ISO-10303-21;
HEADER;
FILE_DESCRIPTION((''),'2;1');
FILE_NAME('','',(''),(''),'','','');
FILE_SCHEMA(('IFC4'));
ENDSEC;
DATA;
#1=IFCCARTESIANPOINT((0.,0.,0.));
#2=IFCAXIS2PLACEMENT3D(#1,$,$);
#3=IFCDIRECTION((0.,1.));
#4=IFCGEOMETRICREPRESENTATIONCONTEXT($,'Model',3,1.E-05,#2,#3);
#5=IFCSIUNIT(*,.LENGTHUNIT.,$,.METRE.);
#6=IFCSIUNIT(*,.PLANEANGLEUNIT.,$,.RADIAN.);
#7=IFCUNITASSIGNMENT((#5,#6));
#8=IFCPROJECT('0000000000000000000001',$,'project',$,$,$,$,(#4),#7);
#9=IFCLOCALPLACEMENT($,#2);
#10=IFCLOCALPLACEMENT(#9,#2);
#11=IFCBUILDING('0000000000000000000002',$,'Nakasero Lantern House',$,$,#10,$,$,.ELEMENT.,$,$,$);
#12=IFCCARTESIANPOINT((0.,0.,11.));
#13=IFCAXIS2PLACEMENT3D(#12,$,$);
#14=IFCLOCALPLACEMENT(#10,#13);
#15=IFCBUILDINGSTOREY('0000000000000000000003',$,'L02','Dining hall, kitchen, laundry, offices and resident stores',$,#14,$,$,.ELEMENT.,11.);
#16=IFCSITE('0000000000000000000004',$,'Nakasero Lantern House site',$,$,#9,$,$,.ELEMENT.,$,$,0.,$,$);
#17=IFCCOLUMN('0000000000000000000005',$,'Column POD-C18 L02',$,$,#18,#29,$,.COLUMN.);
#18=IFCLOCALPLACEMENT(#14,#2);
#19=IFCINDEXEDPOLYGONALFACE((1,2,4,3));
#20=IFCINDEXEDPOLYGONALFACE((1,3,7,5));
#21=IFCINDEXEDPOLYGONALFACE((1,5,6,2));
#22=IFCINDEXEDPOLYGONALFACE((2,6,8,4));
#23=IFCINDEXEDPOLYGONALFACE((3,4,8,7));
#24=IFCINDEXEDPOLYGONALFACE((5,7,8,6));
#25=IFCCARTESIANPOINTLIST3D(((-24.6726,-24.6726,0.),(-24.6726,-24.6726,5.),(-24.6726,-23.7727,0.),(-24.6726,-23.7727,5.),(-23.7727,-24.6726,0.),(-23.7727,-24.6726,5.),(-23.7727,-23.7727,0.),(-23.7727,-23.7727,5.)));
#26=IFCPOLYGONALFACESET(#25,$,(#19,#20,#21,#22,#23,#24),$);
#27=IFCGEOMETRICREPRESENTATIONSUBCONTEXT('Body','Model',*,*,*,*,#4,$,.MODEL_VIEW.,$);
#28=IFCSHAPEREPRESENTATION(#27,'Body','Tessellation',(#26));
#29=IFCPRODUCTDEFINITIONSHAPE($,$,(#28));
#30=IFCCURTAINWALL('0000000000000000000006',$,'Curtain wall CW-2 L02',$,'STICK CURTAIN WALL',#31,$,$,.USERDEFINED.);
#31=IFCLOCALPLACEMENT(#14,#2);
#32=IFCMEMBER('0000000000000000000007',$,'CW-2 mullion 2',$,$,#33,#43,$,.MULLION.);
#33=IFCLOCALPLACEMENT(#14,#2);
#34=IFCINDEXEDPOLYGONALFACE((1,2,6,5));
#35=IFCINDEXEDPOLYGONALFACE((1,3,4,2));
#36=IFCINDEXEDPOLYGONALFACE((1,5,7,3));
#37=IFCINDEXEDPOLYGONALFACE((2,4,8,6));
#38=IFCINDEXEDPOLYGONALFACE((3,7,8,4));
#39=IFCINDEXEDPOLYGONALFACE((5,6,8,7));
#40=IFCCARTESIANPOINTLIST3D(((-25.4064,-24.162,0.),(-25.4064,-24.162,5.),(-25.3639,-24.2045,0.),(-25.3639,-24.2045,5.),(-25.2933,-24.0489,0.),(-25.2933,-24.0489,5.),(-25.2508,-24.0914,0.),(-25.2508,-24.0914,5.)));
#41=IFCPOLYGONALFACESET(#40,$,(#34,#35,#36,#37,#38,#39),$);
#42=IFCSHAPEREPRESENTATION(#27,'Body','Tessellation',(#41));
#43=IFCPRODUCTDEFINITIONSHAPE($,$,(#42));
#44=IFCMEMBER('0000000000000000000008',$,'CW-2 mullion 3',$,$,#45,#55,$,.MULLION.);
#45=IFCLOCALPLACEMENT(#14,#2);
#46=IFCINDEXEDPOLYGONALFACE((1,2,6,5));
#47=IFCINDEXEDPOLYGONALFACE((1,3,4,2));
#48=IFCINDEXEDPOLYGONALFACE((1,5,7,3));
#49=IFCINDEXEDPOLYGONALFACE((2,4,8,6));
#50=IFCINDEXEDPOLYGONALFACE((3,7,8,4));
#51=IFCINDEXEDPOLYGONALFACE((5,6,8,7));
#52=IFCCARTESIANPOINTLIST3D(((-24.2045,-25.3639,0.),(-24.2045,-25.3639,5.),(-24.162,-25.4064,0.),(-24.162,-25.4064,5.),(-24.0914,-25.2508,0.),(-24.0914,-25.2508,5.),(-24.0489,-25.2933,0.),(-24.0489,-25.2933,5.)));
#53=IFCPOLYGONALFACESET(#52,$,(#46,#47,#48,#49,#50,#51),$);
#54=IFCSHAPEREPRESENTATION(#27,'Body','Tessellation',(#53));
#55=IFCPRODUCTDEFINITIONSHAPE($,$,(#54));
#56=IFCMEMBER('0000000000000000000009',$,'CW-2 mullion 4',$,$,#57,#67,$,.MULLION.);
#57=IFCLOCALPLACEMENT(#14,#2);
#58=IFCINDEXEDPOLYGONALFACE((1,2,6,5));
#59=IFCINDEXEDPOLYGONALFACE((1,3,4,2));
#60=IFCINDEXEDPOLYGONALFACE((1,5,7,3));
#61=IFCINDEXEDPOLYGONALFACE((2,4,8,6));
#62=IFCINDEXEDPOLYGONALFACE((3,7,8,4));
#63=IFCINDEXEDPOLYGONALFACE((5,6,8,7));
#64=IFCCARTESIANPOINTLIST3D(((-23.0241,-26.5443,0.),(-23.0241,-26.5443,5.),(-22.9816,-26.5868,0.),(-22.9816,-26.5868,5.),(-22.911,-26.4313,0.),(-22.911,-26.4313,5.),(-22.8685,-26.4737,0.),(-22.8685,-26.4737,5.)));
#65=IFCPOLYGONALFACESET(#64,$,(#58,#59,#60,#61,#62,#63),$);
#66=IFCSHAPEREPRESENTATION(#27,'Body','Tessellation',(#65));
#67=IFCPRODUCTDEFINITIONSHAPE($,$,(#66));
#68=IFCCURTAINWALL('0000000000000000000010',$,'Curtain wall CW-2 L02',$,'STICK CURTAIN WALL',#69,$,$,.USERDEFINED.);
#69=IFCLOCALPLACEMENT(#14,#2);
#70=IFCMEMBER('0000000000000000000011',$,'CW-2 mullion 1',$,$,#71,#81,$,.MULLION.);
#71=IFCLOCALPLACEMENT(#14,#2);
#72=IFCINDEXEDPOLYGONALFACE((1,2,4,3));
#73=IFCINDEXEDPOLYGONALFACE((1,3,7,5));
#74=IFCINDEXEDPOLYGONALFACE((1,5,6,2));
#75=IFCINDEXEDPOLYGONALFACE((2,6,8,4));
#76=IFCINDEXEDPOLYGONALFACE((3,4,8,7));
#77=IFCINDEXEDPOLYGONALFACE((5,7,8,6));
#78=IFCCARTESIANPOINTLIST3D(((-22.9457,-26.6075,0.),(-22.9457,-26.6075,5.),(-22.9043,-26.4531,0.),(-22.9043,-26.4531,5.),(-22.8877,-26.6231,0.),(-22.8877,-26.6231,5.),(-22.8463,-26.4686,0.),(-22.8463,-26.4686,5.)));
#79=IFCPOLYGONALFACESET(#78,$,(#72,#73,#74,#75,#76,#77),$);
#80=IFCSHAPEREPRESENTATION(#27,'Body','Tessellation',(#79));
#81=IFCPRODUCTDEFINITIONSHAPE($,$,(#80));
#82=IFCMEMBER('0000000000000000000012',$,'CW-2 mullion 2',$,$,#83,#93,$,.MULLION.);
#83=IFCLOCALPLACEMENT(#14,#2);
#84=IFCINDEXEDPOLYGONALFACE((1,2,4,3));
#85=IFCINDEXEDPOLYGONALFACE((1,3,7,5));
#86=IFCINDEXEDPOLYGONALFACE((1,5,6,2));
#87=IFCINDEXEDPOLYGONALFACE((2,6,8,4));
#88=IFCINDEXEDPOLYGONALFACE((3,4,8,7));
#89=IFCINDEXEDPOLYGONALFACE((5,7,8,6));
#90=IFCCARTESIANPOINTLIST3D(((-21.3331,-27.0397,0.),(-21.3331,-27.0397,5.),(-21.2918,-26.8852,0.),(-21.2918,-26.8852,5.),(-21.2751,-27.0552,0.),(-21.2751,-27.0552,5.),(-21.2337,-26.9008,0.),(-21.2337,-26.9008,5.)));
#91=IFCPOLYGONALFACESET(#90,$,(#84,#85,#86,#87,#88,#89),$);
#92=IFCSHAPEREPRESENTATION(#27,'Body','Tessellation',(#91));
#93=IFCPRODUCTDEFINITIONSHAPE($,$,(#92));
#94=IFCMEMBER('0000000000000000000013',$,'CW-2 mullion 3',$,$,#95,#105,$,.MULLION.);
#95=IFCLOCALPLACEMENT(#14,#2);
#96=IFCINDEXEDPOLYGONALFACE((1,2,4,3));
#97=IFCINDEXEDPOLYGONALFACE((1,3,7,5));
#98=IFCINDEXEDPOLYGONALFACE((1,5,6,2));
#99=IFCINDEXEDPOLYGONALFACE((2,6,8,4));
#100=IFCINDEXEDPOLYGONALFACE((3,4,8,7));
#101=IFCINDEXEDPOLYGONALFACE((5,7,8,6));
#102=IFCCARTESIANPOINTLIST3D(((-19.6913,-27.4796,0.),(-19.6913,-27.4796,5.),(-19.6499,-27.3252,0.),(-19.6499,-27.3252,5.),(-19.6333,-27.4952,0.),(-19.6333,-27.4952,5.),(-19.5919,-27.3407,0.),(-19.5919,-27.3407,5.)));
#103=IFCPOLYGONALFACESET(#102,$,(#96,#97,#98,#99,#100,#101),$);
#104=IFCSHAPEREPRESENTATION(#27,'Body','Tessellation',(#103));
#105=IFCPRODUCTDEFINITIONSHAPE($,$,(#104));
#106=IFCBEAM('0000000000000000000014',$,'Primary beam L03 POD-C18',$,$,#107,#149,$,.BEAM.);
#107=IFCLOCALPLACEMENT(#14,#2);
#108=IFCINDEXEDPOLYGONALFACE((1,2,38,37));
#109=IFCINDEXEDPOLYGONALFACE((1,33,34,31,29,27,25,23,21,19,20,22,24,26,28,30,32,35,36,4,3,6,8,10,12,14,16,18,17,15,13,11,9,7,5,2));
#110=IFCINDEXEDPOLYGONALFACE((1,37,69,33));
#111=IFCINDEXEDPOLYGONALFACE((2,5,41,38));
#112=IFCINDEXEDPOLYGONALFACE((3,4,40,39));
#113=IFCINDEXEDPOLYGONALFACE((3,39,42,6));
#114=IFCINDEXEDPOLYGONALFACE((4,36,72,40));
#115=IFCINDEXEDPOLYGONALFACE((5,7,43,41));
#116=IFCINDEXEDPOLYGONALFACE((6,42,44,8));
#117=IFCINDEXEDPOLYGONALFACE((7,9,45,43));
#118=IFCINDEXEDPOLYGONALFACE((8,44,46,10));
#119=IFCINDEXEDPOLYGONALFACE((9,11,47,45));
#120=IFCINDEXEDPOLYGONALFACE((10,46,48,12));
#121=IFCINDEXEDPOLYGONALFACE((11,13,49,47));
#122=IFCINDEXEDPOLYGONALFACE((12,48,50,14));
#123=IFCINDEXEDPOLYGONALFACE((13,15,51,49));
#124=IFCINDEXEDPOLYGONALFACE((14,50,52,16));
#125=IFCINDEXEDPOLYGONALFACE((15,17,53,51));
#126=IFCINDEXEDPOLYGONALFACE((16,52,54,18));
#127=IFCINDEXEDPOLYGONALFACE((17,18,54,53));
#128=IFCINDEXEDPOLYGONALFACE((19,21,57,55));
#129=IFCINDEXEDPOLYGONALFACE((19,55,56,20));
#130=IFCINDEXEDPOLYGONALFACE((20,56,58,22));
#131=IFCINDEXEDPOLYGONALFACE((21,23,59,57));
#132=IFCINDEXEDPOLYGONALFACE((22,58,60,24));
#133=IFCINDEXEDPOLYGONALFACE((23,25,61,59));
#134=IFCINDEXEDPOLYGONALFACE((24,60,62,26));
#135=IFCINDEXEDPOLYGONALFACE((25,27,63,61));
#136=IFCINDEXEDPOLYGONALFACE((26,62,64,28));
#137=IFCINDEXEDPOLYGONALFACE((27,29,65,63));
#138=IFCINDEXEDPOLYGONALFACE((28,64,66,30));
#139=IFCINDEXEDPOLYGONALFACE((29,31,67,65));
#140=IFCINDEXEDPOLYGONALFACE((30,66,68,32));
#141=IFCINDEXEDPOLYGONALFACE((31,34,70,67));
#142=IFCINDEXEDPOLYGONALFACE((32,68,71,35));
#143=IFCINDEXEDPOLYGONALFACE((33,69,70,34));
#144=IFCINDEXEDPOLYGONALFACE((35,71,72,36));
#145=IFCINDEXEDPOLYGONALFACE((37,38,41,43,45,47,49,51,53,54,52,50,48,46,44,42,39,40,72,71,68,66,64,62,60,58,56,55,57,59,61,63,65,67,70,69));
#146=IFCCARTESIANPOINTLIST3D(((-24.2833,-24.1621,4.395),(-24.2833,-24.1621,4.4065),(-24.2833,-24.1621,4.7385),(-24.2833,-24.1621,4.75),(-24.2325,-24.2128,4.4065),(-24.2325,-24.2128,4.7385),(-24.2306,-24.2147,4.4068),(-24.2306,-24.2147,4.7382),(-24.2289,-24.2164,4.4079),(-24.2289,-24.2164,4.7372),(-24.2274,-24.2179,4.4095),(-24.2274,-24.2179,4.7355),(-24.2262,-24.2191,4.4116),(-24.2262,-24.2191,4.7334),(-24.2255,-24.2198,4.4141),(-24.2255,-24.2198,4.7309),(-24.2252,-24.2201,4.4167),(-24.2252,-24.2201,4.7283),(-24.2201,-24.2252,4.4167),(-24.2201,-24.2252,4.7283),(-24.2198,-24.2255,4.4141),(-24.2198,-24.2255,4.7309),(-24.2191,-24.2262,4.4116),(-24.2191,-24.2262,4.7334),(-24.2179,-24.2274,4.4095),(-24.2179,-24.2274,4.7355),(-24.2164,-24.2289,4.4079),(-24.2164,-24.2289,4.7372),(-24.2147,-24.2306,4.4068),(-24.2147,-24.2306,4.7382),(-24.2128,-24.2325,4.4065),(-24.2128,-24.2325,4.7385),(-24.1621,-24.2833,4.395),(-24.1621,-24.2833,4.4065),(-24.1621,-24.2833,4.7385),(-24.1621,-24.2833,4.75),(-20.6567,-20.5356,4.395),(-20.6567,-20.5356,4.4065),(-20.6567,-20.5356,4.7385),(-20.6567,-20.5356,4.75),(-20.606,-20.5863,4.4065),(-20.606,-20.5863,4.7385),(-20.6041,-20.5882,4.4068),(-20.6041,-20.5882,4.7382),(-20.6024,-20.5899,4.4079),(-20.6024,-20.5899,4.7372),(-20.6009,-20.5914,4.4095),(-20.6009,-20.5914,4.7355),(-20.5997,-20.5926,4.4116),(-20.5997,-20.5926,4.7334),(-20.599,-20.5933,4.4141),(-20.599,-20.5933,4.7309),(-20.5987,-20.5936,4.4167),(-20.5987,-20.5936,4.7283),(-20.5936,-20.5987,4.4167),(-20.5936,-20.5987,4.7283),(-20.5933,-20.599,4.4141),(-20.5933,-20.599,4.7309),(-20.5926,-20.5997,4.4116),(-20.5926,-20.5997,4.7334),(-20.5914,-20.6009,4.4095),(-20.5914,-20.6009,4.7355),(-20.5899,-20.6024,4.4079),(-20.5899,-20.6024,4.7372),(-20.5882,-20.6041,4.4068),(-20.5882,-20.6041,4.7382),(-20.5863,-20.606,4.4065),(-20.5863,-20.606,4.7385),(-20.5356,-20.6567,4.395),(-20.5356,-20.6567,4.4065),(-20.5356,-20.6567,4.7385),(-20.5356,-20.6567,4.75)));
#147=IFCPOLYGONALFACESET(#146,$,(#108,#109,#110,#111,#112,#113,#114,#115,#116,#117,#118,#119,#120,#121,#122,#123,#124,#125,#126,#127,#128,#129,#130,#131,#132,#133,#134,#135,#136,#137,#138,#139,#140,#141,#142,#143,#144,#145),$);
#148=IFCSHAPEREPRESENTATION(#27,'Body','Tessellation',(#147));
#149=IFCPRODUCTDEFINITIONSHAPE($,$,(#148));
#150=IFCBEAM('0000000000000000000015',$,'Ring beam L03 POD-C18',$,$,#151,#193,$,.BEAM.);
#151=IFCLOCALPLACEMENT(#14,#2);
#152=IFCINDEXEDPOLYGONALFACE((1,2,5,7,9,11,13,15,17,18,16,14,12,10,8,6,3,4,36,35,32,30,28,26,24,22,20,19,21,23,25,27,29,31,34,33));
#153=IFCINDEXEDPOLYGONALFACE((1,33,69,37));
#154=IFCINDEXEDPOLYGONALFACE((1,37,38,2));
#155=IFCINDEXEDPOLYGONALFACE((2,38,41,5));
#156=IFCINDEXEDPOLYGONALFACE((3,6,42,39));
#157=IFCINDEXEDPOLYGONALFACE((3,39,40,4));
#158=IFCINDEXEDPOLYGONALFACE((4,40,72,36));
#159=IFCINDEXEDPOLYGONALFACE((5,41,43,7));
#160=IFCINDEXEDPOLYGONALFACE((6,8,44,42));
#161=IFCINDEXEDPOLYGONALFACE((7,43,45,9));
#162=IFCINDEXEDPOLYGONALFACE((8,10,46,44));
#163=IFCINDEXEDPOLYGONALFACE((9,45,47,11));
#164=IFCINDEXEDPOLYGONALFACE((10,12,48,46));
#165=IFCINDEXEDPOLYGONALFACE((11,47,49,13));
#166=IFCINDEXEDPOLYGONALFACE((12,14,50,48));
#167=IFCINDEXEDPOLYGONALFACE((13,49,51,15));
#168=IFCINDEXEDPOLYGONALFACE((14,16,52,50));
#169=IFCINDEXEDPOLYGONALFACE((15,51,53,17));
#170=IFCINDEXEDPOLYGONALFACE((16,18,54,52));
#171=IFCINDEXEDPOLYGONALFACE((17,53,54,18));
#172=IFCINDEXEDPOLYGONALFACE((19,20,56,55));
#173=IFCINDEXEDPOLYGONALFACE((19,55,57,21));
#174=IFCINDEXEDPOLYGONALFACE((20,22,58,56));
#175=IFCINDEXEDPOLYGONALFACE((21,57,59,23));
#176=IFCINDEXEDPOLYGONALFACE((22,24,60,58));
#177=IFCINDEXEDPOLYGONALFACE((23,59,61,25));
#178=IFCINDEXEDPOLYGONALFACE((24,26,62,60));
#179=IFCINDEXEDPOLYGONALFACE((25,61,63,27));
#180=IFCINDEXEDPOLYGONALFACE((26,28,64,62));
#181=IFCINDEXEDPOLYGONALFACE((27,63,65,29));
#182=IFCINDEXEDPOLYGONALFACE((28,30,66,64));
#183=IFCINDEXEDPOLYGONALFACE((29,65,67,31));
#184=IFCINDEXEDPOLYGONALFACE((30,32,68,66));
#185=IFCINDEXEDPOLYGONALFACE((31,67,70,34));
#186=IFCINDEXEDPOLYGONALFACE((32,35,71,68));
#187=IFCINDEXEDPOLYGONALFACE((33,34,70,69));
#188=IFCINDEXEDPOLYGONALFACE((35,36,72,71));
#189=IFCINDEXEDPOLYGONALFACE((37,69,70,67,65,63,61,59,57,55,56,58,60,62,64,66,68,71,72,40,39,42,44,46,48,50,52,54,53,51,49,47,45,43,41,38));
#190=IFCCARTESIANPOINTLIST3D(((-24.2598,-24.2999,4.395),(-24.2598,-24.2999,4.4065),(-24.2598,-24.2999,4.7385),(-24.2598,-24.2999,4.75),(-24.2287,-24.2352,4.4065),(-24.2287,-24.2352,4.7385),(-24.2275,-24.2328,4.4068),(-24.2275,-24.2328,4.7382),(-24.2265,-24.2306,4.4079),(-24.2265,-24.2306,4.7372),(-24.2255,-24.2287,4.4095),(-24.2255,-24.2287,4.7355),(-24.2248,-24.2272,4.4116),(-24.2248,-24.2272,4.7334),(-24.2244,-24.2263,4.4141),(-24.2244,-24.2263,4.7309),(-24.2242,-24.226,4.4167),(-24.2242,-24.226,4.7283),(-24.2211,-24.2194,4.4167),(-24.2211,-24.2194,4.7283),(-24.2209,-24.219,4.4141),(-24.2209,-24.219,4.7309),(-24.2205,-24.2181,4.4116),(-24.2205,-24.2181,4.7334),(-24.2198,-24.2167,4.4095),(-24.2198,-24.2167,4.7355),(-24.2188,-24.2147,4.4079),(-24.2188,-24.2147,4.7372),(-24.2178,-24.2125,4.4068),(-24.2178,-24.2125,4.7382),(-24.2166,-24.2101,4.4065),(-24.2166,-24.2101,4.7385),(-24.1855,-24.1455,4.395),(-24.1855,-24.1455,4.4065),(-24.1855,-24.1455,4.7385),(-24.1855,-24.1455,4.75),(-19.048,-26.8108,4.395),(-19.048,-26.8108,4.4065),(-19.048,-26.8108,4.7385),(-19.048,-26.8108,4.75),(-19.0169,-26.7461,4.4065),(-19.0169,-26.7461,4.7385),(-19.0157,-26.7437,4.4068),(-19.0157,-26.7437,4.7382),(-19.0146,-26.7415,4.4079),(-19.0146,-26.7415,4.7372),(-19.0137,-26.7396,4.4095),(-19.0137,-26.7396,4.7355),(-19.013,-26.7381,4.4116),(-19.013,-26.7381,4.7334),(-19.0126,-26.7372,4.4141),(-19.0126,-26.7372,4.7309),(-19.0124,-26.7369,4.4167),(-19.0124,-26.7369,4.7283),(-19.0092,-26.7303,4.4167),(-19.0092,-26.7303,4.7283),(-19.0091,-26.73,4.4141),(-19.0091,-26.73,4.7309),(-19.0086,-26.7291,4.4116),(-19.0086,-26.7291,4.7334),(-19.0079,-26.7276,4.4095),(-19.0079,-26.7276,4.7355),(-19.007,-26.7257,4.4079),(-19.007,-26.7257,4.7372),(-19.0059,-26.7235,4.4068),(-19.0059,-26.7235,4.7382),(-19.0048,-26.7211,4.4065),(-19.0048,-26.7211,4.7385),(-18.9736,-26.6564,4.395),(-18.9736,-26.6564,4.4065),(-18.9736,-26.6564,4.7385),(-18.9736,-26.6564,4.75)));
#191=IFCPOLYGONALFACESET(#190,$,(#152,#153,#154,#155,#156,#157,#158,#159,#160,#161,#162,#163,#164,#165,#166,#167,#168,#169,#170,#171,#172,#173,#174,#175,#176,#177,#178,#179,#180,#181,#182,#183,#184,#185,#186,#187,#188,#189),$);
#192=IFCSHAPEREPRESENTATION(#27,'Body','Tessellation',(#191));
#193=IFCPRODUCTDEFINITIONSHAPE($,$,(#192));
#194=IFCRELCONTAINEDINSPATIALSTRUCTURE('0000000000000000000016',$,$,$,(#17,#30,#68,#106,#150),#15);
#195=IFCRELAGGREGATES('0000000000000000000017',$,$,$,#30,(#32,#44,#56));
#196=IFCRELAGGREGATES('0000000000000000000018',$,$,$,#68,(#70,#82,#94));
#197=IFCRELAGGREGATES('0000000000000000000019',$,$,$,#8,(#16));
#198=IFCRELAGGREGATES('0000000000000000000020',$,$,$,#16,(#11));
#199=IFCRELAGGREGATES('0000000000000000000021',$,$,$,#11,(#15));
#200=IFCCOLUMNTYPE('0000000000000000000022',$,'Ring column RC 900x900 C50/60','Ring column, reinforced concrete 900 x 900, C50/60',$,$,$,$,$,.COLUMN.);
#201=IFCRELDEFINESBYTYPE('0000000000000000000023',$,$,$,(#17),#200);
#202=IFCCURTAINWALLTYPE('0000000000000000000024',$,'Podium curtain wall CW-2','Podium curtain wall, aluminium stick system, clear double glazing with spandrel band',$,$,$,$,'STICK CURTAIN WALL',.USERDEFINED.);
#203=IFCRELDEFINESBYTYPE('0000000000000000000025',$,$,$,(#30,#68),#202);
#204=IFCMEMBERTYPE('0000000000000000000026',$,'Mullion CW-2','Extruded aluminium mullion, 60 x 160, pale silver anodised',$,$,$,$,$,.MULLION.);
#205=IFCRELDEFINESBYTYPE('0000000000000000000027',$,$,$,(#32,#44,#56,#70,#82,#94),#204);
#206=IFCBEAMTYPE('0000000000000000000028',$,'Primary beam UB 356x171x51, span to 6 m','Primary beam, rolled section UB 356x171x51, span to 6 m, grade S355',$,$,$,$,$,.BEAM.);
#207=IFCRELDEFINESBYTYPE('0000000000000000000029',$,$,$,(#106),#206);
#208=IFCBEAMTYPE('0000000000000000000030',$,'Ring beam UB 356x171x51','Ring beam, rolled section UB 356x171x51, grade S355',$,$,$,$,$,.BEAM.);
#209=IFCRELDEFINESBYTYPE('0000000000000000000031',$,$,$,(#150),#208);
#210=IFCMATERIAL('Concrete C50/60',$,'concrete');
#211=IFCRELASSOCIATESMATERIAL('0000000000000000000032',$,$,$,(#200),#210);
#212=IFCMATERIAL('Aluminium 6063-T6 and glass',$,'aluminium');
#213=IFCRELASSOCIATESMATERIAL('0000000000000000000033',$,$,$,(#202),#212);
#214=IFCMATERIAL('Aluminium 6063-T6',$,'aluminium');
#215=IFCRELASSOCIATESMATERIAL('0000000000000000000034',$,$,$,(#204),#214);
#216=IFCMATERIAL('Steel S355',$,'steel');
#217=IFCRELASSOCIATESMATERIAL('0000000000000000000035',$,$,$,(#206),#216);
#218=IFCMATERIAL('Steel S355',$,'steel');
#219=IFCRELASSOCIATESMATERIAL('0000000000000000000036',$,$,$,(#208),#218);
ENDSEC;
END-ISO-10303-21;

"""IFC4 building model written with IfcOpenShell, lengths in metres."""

from ifc_helpers import new_model, si_unit, direction, frame, origin, origin_2d, place, context, subcontext, project, spatial, rectangle, i_section, extrude, material, material_profile, profile_set, type_object, element, aggregate, save


model = new_model("IFC4")

# Units and contexts
model_context = context("Model", 3, precision=1e-05, world=origin(), true_north=direction((0.0, 1.0)))
body_context = subcontext(model_context, "Body", "Model", "MODEL_VIEW")
ifc_project = project(units=[si_unit("LENGTHUNIT", "METRE"), si_unit("PLANEANGLEUNIT", "RADIAN")], contexts=[model_context])

# Site, building, storey
site_placement = place(None, origin())
site = spatial("IfcSite", under=ifc_project, at=site_placement, Name="Nakasero Lantern House site", CompositionType="ELEMENT", RefElevation=0.0)
building_placement = place(site_placement, origin())
building = spatial("IfcBuilding", under=site, at=building_placement, Name="Nakasero Lantern House", CompositionType="ELEMENT")
storey_placement = place(building_placement, frame((0.0, 0.0, 11.0)))
storey = spatial("IfcBuildingStorey", under=building, at=storey_placement, Name="L02", Description="Dining hall, kitchen, laundry, offices and resident stores", CompositionType="ELEMENT", Elevation=11.0)

# Column
ifc_material_1 = material(Name="Concrete C50/60", Category="concrete")
ifc_material_profile_1 = material_profile(ifc_material_1, rectangle(XDim=0.8999, YDim=0.8999, at=origin_2d()), Name="RC 900x900")
ifc_profile_set_1 = profile_set([ifc_material_profile_1], Name="Concrete C50/60")
column_type = type_object("IfcColumnType", Name="Ring column RC 900x900 C50/60", Description="Ring column, reinforced concrete 900 x 900, C50/60", PredefinedType="COLUMN", material=ifc_profile_set_1)
column_placement = place(storey_placement, frame((-24.2227, -24.2227, 0.0), z_axis=(0.0, 0.0, 1.0), x_axis=(1.0, 0.0, 0.0)))
element("IfcColumn", 1, at=column_placement, inside=storey, type_object=column_type, Name="Column POD-C18 L02", PredefinedType="COLUMN", context=body_context, shape_type="SweptSolid", body=[
    extrude(rectangle(XDim=0.8999, YDim=0.8999, at=origin_2d()), origin(), (0.0, 0.0, 1.0), 5.0),
])

# Curtain walls, members
ifc_material_2 = material(Name="Aluminium 6063-T6 and glass", Category="aluminium")
curtain_wall_type = type_object("IfcCurtainWallType", Name="Podium curtain wall CW-2", Description="Podium curtain wall, aluminium stick system, clear double glazing with spandrel band", ElementType="STICK CURTAIN WALL", PredefinedType="USERDEFINED", material=ifc_material_2)
curtain_wall_1_placement = place(storey_placement, origin())
curtain_wall_1 = element("IfcCurtainWall", 2, at=curtain_wall_1_placement, inside=storey, type_object=curtain_wall_type, Name="Curtain wall CW-2 L02", ObjectType="STICK CURTAIN WALL", PredefinedType="USERDEFINED")
ifc_material_3 = material(Name="Aluminium 6063-T6", Category="aluminium")
ifc_material_profile_2 = material_profile(ifc_material_3, rectangle(XDim=0.0601, YDim=0.1599, at=origin_2d()), Name="CW-2 mullion 60x160")
ifc_profile_set_2 = profile_set([ifc_material_profile_2], Name="Aluminium 6063-T6")
member_type_1 = type_object("IfcMemberType", Name="Mullion CW-2", Description="Extruded aluminium mullion, 60 x 160, pale silver anodised", PredefinedType="MULLION", material=ifc_profile_set_2)
member_1_placement = place(storey_placement, frame((-25.3286, -24.1267, 0.0), z_axis=(0.0, 0.0, 1.0), x_axis=(0.707107, -0.707107, 0.0)))
member_1 = element("IfcMember", 3, at=member_1_placement, type_object=member_type_1, Name="CW-2 mullion 2", PredefinedType="MULLION", context=body_context, shape_type="SweptSolid", body=[
    extrude(rectangle(XDim=0.0601, YDim=0.1599, at=origin_2d()), origin(), (0.0, 0.0, 1.0), 5.0),
])
member_2_placement = place(storey_placement, frame((-24.1267, -25.3286, 0.0), z_axis=(0.0, 0.0, 1.0), x_axis=(0.707107, -0.707107, 0.0)))
member_2 = element("IfcMember", 4, at=member_2_placement, type_object=member_type_1, Name="CW-2 mullion 3", PredefinedType="MULLION", context=body_context, shape_type="SweptSolid", body=[
    extrude(rectangle(XDim=0.0601, YDim=0.1599, at=origin_2d()), origin(), (0.0, 0.0, 1.0), 5.0),
])
member_3_placement = place(storey_placement, frame((-22.9463, -26.509, 0.0), z_axis=(0.0, 0.0, 1.0), x_axis=(0.707107, -0.707107, 0.0)))
member_3 = element("IfcMember", 5, at=member_3_placement, type_object=member_type_1, Name="CW-2 mullion 4", PredefinedType="MULLION", context=body_context, shape_type="SweptSolid", body=[
    extrude(rectangle(XDim=0.0601, YDim=0.1599, at=origin_2d()), origin(), (0.0, 0.0, 1.0), 5.0),
])
curtain_wall_2_placement = place(storey_placement, origin())
curtain_wall_2 = element("IfcCurtainWall", 6, at=curtain_wall_2_placement, inside=storey, type_object=curtain_wall_type, Name="Curtain wall CW-2 L02", ObjectType="STICK CURTAIN WALL", PredefinedType="USERDEFINED")
member_4_placement = place(storey_placement, frame((-22.896, -26.5381, 0.0), z_axis=(0.0, 0.0, 1.0), x_axis=(0.965926, -0.258819, 0.0)))
member_4 = element("IfcMember", 7, at=member_4_placement, type_object=member_type_1, Name="CW-2 mullion 1", PredefinedType="MULLION", context=body_context, shape_type="SweptSolid", body=[
    extrude(rectangle(XDim=0.0601, YDim=0.1599, at=origin_2d()), origin(), (0.0, 0.0, 1.0), 5.0),
])
member_5_placement = place(storey_placement, frame((-21.2834, -26.9702, 0.0), z_axis=(0.0, 0.0, 1.0), x_axis=(0.965926, -0.258819, 0.0)))
member_5 = element("IfcMember", 8, at=member_5_placement, type_object=member_type_1, Name="CW-2 mullion 2", PredefinedType="MULLION", context=body_context, shape_type="SweptSolid", body=[
    extrude(rectangle(XDim=0.0601, YDim=0.1599, at=origin_2d()), origin(), (0.0, 0.0, 1.0), 5.0),
])
member_6_placement = place(storey_placement, frame((-19.6416, -27.4102, 0.0), z_axis=(0.0, 0.0, 1.0), x_axis=(0.965926, -0.258819, 0.0)))
member_6 = element("IfcMember", 9, at=member_6_placement, type_object=member_type_1, Name="CW-2 mullion 3", PredefinedType="MULLION", context=body_context, shape_type="SweptSolid", body=[
    extrude(rectangle(XDim=0.0601, YDim=0.1599, at=origin_2d()), origin(), (0.0, 0.0, 1.0), 5.0),
])

# Beams
ifc_material_4 = material(Name="Steel S355", Category="steel")
ifc_material_profile_3 = material_profile(ifc_material_4, i_section(OverallWidth=0.1714, OverallDepth=0.355, WebThickness=0.0073, FlangeThickness=0.0115, FilletRadius=0.0103, at=origin_2d()), Name="UB 356x171x51")
ifc_profile_set_3 = profile_set([ifc_material_profile_3], Name="Steel S355")
beam_type_1 = type_object("IfcBeamType", Name="Primary beam UB 356x171x51, span to 6 m", Description="Primary beam, rolled section UB 356x171x51, span to 6 m, grade S355", PredefinedType="BEAM", material=ifc_profile_set_3)
beam_1_placement = place(storey_placement, frame((-24.2227, -24.2227, 4.5725), z_axis=(0.707107, 0.707107, 0.0), x_axis=(-0.707107, 0.707107, 0.0)))
element("IfcBeam", 10, at=beam_1_placement, inside=storey, type_object=beam_type_1, Name="Primary beam L03 POD-C18", PredefinedType="BEAM", context=body_context, shape_type="SweptSolid", body=[
    extrude(i_section(OverallWidth=0.1714, OverallDepth=0.355, WebThickness=0.0073, FlangeThickness=0.0115, FilletRadius=0.0103, at=origin_2d()), origin(), (0.0, 0.0, 1.0), 5.1287),
])
ifc_material_5 = material(Name="Steel S355", Category="steel")
ifc_material_profile_4 = material_profile(ifc_material_5, i_section(OverallWidth=0.1714, OverallDepth=0.355, WebThickness=0.0073, FlangeThickness=0.0115, FilletRadius=0.0103, at=origin_2d()), Name="UB 356x171x51")
ifc_profile_set_4 = profile_set([ifc_material_profile_4], Name="Steel S355")
beam_type_2 = type_object("IfcBeamType", Name="Ring beam UB 356x171x51", Description="Ring beam, rolled section UB 356x171x51, grade S355", PredefinedType="BEAM", material=ifc_profile_set_4)
beam_2_placement = place(storey_placement, frame((-24.2227, -24.2227, 4.5725), z_axis=(0.900897, -0.434033, 0.0), x_axis=(0.434033, 0.900897, 0.0)))
element("IfcBeam", 11, at=beam_2_placement, inside=storey, type_object=beam_type_2, Name="Ring beam L03 POD-C18", PredefinedType="BEAM", context=body_context, shape_type="SweptSolid", body=[
    extrude(i_section(OverallWidth=0.1714, OverallDepth=0.355, WebThickness=0.0073, FlangeThickness=0.0115, FilletRadius=0.0103, at=origin_2d()), origin(), (0.0, 0.0, 1.0), 5.7852),
])

aggregate(curtain_wall_1, [member_1, member_2, member_3])
aggregate(curtain_wall_2, [member_4, member_5, member_6])

save(model, "model.ifc")
